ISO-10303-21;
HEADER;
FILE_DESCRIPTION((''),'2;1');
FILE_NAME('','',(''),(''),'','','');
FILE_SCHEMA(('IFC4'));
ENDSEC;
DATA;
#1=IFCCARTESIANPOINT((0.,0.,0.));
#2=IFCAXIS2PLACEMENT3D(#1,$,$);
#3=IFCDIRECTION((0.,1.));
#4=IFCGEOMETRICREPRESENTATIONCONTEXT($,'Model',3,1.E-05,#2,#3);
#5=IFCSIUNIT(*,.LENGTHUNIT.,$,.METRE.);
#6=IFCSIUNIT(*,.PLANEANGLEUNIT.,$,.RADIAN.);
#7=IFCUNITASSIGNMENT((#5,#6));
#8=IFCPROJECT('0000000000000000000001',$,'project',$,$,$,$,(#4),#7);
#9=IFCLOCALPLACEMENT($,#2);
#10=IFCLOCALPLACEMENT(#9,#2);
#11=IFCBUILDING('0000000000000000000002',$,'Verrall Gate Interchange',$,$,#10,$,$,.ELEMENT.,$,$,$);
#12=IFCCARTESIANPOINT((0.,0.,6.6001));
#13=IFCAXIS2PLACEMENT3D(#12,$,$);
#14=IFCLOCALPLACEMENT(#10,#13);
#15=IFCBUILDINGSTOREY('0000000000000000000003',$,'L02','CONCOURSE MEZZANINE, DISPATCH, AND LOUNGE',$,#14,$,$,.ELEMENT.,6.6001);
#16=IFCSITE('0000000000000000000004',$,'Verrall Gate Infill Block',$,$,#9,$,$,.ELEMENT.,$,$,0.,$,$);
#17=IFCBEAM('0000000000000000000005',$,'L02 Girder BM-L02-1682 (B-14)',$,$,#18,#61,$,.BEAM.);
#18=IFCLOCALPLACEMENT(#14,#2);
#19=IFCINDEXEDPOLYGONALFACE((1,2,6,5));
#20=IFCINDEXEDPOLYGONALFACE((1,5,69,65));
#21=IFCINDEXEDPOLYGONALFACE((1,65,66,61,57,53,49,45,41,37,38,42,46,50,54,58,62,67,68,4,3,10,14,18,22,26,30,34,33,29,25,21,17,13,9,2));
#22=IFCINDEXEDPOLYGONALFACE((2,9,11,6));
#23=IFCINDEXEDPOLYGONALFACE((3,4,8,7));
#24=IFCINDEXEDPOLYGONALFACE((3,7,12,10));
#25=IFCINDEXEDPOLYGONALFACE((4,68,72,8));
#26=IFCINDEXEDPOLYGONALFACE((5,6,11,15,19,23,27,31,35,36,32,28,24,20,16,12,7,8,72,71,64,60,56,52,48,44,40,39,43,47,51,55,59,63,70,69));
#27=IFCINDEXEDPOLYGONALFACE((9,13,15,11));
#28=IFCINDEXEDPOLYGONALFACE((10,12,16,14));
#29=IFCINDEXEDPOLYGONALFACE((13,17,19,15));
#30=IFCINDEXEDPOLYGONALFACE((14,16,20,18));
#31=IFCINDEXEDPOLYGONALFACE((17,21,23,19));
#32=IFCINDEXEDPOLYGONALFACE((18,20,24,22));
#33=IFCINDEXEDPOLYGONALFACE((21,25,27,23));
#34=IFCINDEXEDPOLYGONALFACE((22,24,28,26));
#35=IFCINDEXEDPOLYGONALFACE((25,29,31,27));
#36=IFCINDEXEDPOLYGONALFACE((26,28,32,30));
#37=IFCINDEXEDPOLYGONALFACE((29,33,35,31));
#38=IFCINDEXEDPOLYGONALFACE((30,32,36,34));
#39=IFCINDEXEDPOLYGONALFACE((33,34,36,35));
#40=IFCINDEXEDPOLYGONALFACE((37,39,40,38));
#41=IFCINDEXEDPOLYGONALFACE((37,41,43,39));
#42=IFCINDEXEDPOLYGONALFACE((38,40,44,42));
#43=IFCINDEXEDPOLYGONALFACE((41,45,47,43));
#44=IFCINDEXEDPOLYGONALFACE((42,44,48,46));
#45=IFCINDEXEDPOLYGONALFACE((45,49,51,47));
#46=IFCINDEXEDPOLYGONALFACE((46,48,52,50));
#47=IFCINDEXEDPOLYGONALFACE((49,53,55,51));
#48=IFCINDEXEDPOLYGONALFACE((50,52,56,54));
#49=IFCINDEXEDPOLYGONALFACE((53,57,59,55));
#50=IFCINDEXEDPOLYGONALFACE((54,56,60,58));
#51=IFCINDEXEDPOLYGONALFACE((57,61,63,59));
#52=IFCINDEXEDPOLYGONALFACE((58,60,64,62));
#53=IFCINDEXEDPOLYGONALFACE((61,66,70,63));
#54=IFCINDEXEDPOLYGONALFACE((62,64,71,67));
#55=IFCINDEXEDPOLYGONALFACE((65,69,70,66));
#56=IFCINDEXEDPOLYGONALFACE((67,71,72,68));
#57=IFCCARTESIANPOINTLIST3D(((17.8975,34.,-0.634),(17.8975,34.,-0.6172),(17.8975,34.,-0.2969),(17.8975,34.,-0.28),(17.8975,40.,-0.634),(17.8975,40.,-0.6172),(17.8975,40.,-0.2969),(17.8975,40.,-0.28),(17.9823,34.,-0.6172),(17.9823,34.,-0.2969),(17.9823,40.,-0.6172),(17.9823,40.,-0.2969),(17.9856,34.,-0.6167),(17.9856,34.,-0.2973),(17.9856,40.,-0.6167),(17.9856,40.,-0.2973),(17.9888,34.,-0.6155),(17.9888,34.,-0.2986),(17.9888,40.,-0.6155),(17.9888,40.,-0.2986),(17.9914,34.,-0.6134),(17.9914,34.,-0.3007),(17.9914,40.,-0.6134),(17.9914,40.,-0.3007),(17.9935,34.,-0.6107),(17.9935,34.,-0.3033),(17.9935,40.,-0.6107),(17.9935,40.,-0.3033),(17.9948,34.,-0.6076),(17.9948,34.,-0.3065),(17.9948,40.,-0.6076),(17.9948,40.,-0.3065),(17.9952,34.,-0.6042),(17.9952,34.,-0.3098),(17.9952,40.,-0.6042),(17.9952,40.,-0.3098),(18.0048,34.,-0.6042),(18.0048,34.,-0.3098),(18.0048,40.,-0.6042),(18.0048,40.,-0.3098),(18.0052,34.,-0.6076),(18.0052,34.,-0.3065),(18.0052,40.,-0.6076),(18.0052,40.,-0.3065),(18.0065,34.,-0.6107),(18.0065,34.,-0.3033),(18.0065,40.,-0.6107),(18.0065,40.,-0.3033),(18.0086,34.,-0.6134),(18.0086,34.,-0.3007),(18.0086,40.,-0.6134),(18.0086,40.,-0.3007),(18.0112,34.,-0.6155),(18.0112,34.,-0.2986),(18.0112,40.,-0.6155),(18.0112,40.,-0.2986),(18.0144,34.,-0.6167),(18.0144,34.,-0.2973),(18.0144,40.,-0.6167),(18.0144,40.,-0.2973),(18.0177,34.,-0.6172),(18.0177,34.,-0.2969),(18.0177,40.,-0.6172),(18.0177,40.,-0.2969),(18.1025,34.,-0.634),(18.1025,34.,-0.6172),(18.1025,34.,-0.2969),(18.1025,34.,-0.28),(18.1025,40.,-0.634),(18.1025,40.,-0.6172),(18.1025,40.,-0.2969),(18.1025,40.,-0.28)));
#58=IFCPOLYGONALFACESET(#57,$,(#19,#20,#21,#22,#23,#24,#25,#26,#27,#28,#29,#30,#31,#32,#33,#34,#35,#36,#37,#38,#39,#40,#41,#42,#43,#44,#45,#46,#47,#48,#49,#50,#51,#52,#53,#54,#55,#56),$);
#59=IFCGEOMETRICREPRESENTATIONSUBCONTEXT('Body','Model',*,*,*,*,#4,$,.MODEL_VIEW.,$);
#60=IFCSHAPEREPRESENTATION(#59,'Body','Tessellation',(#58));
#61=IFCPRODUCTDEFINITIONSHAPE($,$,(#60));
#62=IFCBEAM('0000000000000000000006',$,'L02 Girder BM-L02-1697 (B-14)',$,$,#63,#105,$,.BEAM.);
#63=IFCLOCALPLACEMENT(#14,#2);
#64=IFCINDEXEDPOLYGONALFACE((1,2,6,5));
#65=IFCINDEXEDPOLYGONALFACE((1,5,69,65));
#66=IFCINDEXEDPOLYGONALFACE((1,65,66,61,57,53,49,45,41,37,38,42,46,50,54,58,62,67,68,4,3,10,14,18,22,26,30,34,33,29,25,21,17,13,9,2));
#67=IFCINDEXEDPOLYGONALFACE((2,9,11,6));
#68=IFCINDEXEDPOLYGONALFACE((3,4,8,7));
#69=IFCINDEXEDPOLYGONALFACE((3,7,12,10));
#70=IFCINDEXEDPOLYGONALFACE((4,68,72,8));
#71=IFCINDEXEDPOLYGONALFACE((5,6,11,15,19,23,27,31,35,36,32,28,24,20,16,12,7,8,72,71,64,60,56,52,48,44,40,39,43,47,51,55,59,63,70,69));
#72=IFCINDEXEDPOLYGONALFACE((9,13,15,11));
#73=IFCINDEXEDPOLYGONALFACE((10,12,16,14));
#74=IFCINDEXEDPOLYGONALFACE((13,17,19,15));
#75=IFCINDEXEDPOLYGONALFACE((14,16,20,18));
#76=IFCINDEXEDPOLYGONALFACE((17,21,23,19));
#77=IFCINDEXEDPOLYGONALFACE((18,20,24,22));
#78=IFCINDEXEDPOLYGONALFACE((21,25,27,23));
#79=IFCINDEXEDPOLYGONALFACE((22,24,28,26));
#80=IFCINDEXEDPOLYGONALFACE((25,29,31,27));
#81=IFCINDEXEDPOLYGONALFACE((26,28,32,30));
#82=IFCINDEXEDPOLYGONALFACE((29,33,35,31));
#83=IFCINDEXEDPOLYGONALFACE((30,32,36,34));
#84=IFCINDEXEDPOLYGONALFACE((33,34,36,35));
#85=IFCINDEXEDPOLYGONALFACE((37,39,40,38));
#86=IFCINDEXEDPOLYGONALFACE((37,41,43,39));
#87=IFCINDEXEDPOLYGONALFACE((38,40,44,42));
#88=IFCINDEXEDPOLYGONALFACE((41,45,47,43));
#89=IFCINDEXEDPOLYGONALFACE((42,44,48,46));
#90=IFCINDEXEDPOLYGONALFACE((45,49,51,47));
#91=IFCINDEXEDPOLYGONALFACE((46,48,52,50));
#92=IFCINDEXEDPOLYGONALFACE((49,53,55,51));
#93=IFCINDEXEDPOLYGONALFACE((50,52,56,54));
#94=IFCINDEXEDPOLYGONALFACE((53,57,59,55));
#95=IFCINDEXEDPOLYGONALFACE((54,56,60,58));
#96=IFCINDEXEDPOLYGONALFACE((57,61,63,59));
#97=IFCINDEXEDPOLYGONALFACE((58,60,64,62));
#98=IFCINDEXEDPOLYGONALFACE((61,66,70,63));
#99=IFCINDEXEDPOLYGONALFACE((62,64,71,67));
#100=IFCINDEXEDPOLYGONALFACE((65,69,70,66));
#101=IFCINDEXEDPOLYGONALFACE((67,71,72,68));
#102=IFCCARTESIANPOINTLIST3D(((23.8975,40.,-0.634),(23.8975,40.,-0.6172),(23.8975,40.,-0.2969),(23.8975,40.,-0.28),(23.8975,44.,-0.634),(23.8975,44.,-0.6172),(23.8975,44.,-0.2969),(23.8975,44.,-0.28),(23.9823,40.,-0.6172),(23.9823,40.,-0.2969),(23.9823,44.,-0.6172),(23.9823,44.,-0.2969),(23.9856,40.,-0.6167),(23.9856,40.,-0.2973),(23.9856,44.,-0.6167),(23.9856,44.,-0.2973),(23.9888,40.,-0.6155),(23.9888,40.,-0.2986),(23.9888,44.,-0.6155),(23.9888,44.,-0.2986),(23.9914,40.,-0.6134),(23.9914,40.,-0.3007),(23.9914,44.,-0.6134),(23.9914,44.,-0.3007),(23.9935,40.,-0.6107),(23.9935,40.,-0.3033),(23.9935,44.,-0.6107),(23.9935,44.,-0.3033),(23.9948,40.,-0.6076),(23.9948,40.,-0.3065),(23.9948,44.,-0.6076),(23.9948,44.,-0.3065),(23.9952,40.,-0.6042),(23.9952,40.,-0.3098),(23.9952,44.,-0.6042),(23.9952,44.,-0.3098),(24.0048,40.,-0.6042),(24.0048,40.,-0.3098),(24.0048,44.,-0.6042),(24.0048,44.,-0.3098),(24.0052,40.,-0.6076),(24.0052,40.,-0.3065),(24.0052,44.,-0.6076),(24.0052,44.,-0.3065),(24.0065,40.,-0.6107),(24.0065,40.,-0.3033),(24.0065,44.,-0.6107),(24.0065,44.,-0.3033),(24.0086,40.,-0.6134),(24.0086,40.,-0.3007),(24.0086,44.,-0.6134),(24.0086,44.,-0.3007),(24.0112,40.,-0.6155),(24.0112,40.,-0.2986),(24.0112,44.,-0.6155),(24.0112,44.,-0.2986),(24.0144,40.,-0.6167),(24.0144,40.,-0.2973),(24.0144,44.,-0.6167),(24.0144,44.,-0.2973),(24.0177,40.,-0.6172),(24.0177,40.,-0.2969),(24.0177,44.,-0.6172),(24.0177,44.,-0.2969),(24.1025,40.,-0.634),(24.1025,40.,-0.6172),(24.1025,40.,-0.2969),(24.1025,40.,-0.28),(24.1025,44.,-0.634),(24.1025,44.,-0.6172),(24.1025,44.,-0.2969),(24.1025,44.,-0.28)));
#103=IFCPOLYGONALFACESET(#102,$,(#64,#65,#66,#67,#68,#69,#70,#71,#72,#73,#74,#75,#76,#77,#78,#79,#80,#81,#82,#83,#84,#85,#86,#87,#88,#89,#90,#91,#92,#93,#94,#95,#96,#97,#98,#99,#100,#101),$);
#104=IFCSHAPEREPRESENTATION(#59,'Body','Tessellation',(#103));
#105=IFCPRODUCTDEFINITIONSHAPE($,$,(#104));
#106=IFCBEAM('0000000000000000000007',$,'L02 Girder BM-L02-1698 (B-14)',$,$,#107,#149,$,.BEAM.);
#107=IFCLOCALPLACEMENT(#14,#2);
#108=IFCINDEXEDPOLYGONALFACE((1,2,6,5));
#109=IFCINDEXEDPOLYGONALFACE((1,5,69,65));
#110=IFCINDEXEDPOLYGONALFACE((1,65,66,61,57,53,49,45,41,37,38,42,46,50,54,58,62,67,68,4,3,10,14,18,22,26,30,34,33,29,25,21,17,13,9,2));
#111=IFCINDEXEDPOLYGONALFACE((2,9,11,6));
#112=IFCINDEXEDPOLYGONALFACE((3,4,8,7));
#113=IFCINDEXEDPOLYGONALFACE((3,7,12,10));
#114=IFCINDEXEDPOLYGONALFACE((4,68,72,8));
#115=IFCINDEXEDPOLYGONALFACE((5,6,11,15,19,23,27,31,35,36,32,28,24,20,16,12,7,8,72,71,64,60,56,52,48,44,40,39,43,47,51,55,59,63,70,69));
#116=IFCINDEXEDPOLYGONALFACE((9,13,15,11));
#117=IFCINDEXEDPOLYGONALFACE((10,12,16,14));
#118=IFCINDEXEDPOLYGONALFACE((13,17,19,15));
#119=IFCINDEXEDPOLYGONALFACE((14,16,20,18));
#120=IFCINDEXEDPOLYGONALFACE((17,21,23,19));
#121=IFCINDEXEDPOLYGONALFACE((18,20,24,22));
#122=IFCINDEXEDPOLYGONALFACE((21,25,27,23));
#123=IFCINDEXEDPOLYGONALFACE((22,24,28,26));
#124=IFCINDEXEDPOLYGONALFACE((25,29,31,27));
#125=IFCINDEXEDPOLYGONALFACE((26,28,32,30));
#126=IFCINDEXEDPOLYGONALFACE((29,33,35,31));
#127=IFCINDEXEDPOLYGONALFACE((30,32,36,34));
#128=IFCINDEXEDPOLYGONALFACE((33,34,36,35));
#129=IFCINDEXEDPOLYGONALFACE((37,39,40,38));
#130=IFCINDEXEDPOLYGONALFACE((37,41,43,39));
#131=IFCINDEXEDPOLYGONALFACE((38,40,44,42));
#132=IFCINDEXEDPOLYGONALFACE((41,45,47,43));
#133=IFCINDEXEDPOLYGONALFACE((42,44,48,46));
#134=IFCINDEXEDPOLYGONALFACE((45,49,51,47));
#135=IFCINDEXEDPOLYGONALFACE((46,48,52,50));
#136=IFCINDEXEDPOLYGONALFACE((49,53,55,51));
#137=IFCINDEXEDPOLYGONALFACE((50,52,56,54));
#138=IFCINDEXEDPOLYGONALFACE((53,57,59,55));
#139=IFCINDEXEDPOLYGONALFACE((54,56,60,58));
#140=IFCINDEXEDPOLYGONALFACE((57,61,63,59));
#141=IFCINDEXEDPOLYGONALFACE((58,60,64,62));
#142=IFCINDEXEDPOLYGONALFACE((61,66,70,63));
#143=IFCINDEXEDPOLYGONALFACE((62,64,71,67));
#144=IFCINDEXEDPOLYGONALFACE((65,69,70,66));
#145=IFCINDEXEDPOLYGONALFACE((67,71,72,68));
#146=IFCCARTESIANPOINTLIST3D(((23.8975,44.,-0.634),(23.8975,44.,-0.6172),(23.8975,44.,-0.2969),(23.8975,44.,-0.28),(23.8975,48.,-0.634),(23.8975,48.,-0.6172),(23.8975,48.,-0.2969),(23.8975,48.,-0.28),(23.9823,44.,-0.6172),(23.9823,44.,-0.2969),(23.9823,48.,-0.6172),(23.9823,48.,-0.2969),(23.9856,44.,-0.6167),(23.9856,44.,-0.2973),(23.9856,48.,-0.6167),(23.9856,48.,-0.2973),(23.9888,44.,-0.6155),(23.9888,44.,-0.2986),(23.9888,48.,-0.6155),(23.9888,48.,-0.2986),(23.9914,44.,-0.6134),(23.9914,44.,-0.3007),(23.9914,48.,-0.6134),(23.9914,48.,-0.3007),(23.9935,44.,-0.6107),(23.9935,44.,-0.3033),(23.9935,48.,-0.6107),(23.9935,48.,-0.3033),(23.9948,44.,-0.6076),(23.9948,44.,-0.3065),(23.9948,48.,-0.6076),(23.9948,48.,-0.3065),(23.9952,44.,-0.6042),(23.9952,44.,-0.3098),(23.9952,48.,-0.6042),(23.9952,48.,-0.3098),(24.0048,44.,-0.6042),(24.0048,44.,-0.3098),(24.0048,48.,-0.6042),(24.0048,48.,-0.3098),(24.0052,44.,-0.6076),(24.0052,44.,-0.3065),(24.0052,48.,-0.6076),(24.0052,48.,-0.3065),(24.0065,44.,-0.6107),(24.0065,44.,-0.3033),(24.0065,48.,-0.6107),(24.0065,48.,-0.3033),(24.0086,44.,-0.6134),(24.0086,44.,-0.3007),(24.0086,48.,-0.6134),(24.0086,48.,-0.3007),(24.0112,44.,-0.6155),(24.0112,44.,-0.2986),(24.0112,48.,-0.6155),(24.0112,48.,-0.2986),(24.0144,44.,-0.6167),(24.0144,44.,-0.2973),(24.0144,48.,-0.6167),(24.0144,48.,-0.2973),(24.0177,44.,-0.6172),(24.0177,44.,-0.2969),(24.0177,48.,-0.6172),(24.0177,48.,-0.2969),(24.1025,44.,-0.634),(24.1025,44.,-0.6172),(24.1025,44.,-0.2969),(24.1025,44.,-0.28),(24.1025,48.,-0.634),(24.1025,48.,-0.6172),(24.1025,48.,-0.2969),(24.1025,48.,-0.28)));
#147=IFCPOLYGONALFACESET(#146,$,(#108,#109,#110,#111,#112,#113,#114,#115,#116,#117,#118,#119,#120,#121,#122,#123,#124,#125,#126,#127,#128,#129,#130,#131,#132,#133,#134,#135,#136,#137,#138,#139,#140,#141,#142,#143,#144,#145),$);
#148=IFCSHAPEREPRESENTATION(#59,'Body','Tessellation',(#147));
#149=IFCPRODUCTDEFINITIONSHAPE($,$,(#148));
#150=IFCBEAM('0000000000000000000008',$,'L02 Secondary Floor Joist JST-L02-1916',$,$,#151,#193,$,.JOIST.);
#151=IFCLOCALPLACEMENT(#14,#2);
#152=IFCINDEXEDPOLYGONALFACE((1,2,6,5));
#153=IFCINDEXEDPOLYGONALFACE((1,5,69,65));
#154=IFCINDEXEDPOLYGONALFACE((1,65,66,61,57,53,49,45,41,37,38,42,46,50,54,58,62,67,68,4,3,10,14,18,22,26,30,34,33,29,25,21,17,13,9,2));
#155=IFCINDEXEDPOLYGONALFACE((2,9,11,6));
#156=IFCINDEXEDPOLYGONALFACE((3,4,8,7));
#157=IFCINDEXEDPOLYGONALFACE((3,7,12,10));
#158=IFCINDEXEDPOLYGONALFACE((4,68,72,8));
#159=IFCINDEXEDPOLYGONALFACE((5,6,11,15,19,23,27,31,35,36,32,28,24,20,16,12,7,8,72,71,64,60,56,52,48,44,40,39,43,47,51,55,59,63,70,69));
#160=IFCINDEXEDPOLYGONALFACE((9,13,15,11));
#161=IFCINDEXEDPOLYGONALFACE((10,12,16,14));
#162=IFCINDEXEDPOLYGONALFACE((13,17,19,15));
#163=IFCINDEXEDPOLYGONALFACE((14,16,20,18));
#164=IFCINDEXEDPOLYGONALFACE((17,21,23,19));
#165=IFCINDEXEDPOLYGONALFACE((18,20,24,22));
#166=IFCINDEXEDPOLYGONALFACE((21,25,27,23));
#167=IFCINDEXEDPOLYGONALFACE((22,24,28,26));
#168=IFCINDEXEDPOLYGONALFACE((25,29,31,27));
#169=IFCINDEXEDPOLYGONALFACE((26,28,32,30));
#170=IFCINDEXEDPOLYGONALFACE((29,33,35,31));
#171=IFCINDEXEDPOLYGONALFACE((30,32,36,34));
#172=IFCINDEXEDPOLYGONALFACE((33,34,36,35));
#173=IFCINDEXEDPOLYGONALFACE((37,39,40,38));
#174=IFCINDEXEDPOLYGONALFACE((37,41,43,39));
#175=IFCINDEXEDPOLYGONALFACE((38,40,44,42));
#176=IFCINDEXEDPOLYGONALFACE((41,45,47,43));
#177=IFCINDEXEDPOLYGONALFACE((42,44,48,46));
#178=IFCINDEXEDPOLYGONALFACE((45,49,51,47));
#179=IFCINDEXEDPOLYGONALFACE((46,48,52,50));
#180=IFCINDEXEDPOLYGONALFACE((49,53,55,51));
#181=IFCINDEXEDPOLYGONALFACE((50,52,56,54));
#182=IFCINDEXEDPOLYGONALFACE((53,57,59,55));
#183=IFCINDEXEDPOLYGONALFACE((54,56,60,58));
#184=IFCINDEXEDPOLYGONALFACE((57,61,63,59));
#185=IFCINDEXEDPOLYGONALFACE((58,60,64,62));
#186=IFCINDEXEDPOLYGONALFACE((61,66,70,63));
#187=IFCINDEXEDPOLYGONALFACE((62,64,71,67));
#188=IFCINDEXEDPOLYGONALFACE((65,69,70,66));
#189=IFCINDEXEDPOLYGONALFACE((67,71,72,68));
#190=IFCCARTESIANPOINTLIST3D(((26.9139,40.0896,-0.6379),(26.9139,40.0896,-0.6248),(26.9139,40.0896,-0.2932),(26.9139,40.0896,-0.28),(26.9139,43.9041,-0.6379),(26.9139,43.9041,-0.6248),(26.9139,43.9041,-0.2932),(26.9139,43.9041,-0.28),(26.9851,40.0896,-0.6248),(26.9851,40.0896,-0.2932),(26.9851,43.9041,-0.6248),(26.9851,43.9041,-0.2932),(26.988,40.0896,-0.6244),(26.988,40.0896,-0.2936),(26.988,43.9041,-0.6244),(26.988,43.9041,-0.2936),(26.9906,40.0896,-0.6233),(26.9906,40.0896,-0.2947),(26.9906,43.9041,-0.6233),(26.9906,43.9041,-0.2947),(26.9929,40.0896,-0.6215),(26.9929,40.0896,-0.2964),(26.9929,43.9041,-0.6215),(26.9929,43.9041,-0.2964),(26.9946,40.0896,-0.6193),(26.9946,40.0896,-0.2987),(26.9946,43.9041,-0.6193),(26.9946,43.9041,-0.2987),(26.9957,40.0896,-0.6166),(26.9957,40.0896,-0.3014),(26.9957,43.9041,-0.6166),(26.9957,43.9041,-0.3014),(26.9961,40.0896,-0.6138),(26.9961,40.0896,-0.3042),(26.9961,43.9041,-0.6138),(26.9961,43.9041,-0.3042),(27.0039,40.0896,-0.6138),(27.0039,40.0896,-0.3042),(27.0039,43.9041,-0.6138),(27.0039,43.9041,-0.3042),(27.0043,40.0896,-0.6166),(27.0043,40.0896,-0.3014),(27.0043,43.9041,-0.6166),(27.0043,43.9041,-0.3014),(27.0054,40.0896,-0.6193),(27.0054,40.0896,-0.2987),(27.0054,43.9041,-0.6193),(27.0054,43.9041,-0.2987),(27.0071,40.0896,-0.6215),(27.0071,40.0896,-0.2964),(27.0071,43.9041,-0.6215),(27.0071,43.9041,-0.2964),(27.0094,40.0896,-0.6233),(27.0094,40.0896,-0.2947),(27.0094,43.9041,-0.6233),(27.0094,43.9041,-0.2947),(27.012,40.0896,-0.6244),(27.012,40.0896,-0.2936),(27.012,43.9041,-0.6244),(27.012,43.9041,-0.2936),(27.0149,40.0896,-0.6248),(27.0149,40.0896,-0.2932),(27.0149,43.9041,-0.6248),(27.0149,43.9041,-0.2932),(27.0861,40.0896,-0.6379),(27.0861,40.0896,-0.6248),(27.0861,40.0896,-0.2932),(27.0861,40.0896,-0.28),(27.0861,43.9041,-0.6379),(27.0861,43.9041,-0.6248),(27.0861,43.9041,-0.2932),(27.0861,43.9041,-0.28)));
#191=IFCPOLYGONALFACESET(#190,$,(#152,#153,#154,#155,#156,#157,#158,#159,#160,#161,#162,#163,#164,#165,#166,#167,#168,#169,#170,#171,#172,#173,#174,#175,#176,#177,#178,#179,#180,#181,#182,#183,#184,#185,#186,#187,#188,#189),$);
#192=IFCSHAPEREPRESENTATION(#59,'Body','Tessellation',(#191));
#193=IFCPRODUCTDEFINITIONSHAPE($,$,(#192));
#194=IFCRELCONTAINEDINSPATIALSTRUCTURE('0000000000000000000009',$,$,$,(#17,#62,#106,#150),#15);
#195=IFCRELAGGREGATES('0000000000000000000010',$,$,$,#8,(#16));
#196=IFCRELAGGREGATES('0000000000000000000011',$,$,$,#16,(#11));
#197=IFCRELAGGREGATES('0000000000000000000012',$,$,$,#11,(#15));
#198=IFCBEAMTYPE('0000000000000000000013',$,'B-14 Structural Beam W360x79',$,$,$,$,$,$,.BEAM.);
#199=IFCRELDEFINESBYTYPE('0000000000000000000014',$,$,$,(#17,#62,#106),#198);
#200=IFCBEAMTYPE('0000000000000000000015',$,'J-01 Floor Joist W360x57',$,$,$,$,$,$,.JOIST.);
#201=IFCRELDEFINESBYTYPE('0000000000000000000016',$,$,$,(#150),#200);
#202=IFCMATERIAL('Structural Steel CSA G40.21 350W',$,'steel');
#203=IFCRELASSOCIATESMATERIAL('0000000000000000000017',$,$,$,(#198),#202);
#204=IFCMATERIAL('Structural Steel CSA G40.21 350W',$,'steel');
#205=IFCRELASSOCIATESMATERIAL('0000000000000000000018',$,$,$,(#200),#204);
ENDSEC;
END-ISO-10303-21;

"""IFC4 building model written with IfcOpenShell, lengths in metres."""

from ifc_helpers import new_model, si_unit, direction, frame, origin, origin_2d, place, context, subcontext, project, spatial, i_section, extrude, material, material_profile, profile_set, type_object, element, save


model = new_model("IFC4")

# Units and contexts
model_context = context("Model", 3, precision=1e-05, world=origin(), true_north=direction((0.0, 1.0)))
body_context = subcontext(model_context, "Body", "Model", "MODEL_VIEW")
ifc_project = project(units=[si_unit("LENGTHUNIT", "METRE"), si_unit("PLANEANGLEUNIT", "RADIAN")], contexts=[model_context])

# Site, building, storey
site_placement = place(None, origin())
site = spatial("IfcSite", under=ifc_project, at=site_placement, Name="Verrall Gate Infill Block", CompositionType="ELEMENT", RefElevation=0.0)
building_placement = place(site_placement, origin())
building = spatial("IfcBuilding", under=site, at=building_placement, Name="Verrall Gate Interchange", CompositionType="ELEMENT")
storey_placement = place(building_placement, frame((0.0, 0.0, 6.6001)))
storey = spatial("IfcBuildingStorey", under=building, at=storey_placement, Name="L02", Description="CONCOURSE MEZZANINE, DISPATCH, AND LOUNGE", CompositionType="ELEMENT", Elevation=6.6001)

# Beams
ifc_material_1 = material(Name="Structural Steel CSA G40.21 350W", Category="steel")
ifc_material_profile_1 = material_profile(ifc_material_1, i_section(OverallWidth=0.2051, OverallDepth=0.354, WebThickness=0.0095, FlangeThickness=0.0168, FilletRadius=0.0129, at=origin_2d()), Name="W360x79")
ifc_profile_set_1 = profile_set([ifc_material_profile_1], Name="Structural Steel CSA G40.21 350W")
beam_type_1 = type_object("IfcBeamType", Name="B-14 Structural Beam W360x79", PredefinedType="BEAM", material=ifc_profile_set_1)
beam_1_placement = place(storey_placement, frame((18.0, 34.0, -0.457), z_axis=(0.0, 1.0, 0.0), x_axis=(-1.0, 0.0, 0.0)))
element("IfcBeam", 1, at=beam_1_placement, inside=storey, type_object=beam_type_1, Name="L02 Girder BM-L02-1682 (B-14)", PredefinedType="BEAM", context=body_context, shape_type="SweptSolid", body=[
    extrude(i_section(OverallWidth=0.2051, OverallDepth=0.354, WebThickness=0.0095, FlangeThickness=0.0168, FilletRadius=0.0129, at=origin_2d()), origin(), (0.0, 0.0, 1.0), 6.0),
])
for number, where, z_axis, x_axis, name in (
    (2, (24.0, 40.0, -0.457), (0.0, 1.0, 0.0), (-1.0, 0.0, 0.0), "L02 Girder BM-L02-1697 (B-14)"),
    (3, (24.0, 44.0, -0.457), (0.0, 1.0, 0.0), (-1.0, 0.0, 0.0), "L02 Girder BM-L02-1698 (B-14)"),
):
    element("IfcBeam", number, at=place(storey_placement, frame(where, z_axis=z_axis, x_axis=x_axis)), inside=storey, type_object=beam_type_1, Name=name, PredefinedType="BEAM", context=body_context, shape_type="SweptSolid", body=[
        extrude(i_section(OverallWidth=0.2051, OverallDepth=0.354, WebThickness=0.0095, FlangeThickness=0.0168, FilletRadius=0.0129, at=origin_2d()), origin(), (0.0, 0.0, 1.0), 4.0),
    ])
ifc_material_2 = material(Name="Structural Steel CSA G40.21 350W", Category="steel")
ifc_material_profile_2 = material_profile(ifc_material_2, i_section(OverallWidth=0.1721, OverallDepth=0.3579, WebThickness=0.0078, FlangeThickness=0.0132, FilletRadius=0.011, at=origin_2d()), Name="W360x57")
ifc_profile_set_2 = profile_set([ifc_material_profile_2], Name="Structural Steel CSA G40.21 350W")
beam_type_2 = type_object("IfcBeamType", Name="J-01 Floor Joist W360x57", PredefinedType="JOIST", material=ifc_profile_set_2)
beam_2_placement = place(storey_placement, frame((27.0, 40.0896, -0.459), z_axis=(0.0, 1.0, 0.0), x_axis=(-1.0, 0.0, 0.0)))
element("IfcBeam", 4, at=beam_2_placement, inside=storey, type_object=beam_type_2, Name="L02 Secondary Floor Joist JST-L02-1916", PredefinedType="JOIST", context=body_context, shape_type="SweptSolid", body=[
    extrude(i_section(OverallWidth=0.1721, OverallDepth=0.3579, WebThickness=0.0078, FlangeThickness=0.0132, FilletRadius=0.011, at=origin_2d()), origin(), (0.0, 0.0, 1.0), 3.8145),
])

save(model, "model.ifc")
